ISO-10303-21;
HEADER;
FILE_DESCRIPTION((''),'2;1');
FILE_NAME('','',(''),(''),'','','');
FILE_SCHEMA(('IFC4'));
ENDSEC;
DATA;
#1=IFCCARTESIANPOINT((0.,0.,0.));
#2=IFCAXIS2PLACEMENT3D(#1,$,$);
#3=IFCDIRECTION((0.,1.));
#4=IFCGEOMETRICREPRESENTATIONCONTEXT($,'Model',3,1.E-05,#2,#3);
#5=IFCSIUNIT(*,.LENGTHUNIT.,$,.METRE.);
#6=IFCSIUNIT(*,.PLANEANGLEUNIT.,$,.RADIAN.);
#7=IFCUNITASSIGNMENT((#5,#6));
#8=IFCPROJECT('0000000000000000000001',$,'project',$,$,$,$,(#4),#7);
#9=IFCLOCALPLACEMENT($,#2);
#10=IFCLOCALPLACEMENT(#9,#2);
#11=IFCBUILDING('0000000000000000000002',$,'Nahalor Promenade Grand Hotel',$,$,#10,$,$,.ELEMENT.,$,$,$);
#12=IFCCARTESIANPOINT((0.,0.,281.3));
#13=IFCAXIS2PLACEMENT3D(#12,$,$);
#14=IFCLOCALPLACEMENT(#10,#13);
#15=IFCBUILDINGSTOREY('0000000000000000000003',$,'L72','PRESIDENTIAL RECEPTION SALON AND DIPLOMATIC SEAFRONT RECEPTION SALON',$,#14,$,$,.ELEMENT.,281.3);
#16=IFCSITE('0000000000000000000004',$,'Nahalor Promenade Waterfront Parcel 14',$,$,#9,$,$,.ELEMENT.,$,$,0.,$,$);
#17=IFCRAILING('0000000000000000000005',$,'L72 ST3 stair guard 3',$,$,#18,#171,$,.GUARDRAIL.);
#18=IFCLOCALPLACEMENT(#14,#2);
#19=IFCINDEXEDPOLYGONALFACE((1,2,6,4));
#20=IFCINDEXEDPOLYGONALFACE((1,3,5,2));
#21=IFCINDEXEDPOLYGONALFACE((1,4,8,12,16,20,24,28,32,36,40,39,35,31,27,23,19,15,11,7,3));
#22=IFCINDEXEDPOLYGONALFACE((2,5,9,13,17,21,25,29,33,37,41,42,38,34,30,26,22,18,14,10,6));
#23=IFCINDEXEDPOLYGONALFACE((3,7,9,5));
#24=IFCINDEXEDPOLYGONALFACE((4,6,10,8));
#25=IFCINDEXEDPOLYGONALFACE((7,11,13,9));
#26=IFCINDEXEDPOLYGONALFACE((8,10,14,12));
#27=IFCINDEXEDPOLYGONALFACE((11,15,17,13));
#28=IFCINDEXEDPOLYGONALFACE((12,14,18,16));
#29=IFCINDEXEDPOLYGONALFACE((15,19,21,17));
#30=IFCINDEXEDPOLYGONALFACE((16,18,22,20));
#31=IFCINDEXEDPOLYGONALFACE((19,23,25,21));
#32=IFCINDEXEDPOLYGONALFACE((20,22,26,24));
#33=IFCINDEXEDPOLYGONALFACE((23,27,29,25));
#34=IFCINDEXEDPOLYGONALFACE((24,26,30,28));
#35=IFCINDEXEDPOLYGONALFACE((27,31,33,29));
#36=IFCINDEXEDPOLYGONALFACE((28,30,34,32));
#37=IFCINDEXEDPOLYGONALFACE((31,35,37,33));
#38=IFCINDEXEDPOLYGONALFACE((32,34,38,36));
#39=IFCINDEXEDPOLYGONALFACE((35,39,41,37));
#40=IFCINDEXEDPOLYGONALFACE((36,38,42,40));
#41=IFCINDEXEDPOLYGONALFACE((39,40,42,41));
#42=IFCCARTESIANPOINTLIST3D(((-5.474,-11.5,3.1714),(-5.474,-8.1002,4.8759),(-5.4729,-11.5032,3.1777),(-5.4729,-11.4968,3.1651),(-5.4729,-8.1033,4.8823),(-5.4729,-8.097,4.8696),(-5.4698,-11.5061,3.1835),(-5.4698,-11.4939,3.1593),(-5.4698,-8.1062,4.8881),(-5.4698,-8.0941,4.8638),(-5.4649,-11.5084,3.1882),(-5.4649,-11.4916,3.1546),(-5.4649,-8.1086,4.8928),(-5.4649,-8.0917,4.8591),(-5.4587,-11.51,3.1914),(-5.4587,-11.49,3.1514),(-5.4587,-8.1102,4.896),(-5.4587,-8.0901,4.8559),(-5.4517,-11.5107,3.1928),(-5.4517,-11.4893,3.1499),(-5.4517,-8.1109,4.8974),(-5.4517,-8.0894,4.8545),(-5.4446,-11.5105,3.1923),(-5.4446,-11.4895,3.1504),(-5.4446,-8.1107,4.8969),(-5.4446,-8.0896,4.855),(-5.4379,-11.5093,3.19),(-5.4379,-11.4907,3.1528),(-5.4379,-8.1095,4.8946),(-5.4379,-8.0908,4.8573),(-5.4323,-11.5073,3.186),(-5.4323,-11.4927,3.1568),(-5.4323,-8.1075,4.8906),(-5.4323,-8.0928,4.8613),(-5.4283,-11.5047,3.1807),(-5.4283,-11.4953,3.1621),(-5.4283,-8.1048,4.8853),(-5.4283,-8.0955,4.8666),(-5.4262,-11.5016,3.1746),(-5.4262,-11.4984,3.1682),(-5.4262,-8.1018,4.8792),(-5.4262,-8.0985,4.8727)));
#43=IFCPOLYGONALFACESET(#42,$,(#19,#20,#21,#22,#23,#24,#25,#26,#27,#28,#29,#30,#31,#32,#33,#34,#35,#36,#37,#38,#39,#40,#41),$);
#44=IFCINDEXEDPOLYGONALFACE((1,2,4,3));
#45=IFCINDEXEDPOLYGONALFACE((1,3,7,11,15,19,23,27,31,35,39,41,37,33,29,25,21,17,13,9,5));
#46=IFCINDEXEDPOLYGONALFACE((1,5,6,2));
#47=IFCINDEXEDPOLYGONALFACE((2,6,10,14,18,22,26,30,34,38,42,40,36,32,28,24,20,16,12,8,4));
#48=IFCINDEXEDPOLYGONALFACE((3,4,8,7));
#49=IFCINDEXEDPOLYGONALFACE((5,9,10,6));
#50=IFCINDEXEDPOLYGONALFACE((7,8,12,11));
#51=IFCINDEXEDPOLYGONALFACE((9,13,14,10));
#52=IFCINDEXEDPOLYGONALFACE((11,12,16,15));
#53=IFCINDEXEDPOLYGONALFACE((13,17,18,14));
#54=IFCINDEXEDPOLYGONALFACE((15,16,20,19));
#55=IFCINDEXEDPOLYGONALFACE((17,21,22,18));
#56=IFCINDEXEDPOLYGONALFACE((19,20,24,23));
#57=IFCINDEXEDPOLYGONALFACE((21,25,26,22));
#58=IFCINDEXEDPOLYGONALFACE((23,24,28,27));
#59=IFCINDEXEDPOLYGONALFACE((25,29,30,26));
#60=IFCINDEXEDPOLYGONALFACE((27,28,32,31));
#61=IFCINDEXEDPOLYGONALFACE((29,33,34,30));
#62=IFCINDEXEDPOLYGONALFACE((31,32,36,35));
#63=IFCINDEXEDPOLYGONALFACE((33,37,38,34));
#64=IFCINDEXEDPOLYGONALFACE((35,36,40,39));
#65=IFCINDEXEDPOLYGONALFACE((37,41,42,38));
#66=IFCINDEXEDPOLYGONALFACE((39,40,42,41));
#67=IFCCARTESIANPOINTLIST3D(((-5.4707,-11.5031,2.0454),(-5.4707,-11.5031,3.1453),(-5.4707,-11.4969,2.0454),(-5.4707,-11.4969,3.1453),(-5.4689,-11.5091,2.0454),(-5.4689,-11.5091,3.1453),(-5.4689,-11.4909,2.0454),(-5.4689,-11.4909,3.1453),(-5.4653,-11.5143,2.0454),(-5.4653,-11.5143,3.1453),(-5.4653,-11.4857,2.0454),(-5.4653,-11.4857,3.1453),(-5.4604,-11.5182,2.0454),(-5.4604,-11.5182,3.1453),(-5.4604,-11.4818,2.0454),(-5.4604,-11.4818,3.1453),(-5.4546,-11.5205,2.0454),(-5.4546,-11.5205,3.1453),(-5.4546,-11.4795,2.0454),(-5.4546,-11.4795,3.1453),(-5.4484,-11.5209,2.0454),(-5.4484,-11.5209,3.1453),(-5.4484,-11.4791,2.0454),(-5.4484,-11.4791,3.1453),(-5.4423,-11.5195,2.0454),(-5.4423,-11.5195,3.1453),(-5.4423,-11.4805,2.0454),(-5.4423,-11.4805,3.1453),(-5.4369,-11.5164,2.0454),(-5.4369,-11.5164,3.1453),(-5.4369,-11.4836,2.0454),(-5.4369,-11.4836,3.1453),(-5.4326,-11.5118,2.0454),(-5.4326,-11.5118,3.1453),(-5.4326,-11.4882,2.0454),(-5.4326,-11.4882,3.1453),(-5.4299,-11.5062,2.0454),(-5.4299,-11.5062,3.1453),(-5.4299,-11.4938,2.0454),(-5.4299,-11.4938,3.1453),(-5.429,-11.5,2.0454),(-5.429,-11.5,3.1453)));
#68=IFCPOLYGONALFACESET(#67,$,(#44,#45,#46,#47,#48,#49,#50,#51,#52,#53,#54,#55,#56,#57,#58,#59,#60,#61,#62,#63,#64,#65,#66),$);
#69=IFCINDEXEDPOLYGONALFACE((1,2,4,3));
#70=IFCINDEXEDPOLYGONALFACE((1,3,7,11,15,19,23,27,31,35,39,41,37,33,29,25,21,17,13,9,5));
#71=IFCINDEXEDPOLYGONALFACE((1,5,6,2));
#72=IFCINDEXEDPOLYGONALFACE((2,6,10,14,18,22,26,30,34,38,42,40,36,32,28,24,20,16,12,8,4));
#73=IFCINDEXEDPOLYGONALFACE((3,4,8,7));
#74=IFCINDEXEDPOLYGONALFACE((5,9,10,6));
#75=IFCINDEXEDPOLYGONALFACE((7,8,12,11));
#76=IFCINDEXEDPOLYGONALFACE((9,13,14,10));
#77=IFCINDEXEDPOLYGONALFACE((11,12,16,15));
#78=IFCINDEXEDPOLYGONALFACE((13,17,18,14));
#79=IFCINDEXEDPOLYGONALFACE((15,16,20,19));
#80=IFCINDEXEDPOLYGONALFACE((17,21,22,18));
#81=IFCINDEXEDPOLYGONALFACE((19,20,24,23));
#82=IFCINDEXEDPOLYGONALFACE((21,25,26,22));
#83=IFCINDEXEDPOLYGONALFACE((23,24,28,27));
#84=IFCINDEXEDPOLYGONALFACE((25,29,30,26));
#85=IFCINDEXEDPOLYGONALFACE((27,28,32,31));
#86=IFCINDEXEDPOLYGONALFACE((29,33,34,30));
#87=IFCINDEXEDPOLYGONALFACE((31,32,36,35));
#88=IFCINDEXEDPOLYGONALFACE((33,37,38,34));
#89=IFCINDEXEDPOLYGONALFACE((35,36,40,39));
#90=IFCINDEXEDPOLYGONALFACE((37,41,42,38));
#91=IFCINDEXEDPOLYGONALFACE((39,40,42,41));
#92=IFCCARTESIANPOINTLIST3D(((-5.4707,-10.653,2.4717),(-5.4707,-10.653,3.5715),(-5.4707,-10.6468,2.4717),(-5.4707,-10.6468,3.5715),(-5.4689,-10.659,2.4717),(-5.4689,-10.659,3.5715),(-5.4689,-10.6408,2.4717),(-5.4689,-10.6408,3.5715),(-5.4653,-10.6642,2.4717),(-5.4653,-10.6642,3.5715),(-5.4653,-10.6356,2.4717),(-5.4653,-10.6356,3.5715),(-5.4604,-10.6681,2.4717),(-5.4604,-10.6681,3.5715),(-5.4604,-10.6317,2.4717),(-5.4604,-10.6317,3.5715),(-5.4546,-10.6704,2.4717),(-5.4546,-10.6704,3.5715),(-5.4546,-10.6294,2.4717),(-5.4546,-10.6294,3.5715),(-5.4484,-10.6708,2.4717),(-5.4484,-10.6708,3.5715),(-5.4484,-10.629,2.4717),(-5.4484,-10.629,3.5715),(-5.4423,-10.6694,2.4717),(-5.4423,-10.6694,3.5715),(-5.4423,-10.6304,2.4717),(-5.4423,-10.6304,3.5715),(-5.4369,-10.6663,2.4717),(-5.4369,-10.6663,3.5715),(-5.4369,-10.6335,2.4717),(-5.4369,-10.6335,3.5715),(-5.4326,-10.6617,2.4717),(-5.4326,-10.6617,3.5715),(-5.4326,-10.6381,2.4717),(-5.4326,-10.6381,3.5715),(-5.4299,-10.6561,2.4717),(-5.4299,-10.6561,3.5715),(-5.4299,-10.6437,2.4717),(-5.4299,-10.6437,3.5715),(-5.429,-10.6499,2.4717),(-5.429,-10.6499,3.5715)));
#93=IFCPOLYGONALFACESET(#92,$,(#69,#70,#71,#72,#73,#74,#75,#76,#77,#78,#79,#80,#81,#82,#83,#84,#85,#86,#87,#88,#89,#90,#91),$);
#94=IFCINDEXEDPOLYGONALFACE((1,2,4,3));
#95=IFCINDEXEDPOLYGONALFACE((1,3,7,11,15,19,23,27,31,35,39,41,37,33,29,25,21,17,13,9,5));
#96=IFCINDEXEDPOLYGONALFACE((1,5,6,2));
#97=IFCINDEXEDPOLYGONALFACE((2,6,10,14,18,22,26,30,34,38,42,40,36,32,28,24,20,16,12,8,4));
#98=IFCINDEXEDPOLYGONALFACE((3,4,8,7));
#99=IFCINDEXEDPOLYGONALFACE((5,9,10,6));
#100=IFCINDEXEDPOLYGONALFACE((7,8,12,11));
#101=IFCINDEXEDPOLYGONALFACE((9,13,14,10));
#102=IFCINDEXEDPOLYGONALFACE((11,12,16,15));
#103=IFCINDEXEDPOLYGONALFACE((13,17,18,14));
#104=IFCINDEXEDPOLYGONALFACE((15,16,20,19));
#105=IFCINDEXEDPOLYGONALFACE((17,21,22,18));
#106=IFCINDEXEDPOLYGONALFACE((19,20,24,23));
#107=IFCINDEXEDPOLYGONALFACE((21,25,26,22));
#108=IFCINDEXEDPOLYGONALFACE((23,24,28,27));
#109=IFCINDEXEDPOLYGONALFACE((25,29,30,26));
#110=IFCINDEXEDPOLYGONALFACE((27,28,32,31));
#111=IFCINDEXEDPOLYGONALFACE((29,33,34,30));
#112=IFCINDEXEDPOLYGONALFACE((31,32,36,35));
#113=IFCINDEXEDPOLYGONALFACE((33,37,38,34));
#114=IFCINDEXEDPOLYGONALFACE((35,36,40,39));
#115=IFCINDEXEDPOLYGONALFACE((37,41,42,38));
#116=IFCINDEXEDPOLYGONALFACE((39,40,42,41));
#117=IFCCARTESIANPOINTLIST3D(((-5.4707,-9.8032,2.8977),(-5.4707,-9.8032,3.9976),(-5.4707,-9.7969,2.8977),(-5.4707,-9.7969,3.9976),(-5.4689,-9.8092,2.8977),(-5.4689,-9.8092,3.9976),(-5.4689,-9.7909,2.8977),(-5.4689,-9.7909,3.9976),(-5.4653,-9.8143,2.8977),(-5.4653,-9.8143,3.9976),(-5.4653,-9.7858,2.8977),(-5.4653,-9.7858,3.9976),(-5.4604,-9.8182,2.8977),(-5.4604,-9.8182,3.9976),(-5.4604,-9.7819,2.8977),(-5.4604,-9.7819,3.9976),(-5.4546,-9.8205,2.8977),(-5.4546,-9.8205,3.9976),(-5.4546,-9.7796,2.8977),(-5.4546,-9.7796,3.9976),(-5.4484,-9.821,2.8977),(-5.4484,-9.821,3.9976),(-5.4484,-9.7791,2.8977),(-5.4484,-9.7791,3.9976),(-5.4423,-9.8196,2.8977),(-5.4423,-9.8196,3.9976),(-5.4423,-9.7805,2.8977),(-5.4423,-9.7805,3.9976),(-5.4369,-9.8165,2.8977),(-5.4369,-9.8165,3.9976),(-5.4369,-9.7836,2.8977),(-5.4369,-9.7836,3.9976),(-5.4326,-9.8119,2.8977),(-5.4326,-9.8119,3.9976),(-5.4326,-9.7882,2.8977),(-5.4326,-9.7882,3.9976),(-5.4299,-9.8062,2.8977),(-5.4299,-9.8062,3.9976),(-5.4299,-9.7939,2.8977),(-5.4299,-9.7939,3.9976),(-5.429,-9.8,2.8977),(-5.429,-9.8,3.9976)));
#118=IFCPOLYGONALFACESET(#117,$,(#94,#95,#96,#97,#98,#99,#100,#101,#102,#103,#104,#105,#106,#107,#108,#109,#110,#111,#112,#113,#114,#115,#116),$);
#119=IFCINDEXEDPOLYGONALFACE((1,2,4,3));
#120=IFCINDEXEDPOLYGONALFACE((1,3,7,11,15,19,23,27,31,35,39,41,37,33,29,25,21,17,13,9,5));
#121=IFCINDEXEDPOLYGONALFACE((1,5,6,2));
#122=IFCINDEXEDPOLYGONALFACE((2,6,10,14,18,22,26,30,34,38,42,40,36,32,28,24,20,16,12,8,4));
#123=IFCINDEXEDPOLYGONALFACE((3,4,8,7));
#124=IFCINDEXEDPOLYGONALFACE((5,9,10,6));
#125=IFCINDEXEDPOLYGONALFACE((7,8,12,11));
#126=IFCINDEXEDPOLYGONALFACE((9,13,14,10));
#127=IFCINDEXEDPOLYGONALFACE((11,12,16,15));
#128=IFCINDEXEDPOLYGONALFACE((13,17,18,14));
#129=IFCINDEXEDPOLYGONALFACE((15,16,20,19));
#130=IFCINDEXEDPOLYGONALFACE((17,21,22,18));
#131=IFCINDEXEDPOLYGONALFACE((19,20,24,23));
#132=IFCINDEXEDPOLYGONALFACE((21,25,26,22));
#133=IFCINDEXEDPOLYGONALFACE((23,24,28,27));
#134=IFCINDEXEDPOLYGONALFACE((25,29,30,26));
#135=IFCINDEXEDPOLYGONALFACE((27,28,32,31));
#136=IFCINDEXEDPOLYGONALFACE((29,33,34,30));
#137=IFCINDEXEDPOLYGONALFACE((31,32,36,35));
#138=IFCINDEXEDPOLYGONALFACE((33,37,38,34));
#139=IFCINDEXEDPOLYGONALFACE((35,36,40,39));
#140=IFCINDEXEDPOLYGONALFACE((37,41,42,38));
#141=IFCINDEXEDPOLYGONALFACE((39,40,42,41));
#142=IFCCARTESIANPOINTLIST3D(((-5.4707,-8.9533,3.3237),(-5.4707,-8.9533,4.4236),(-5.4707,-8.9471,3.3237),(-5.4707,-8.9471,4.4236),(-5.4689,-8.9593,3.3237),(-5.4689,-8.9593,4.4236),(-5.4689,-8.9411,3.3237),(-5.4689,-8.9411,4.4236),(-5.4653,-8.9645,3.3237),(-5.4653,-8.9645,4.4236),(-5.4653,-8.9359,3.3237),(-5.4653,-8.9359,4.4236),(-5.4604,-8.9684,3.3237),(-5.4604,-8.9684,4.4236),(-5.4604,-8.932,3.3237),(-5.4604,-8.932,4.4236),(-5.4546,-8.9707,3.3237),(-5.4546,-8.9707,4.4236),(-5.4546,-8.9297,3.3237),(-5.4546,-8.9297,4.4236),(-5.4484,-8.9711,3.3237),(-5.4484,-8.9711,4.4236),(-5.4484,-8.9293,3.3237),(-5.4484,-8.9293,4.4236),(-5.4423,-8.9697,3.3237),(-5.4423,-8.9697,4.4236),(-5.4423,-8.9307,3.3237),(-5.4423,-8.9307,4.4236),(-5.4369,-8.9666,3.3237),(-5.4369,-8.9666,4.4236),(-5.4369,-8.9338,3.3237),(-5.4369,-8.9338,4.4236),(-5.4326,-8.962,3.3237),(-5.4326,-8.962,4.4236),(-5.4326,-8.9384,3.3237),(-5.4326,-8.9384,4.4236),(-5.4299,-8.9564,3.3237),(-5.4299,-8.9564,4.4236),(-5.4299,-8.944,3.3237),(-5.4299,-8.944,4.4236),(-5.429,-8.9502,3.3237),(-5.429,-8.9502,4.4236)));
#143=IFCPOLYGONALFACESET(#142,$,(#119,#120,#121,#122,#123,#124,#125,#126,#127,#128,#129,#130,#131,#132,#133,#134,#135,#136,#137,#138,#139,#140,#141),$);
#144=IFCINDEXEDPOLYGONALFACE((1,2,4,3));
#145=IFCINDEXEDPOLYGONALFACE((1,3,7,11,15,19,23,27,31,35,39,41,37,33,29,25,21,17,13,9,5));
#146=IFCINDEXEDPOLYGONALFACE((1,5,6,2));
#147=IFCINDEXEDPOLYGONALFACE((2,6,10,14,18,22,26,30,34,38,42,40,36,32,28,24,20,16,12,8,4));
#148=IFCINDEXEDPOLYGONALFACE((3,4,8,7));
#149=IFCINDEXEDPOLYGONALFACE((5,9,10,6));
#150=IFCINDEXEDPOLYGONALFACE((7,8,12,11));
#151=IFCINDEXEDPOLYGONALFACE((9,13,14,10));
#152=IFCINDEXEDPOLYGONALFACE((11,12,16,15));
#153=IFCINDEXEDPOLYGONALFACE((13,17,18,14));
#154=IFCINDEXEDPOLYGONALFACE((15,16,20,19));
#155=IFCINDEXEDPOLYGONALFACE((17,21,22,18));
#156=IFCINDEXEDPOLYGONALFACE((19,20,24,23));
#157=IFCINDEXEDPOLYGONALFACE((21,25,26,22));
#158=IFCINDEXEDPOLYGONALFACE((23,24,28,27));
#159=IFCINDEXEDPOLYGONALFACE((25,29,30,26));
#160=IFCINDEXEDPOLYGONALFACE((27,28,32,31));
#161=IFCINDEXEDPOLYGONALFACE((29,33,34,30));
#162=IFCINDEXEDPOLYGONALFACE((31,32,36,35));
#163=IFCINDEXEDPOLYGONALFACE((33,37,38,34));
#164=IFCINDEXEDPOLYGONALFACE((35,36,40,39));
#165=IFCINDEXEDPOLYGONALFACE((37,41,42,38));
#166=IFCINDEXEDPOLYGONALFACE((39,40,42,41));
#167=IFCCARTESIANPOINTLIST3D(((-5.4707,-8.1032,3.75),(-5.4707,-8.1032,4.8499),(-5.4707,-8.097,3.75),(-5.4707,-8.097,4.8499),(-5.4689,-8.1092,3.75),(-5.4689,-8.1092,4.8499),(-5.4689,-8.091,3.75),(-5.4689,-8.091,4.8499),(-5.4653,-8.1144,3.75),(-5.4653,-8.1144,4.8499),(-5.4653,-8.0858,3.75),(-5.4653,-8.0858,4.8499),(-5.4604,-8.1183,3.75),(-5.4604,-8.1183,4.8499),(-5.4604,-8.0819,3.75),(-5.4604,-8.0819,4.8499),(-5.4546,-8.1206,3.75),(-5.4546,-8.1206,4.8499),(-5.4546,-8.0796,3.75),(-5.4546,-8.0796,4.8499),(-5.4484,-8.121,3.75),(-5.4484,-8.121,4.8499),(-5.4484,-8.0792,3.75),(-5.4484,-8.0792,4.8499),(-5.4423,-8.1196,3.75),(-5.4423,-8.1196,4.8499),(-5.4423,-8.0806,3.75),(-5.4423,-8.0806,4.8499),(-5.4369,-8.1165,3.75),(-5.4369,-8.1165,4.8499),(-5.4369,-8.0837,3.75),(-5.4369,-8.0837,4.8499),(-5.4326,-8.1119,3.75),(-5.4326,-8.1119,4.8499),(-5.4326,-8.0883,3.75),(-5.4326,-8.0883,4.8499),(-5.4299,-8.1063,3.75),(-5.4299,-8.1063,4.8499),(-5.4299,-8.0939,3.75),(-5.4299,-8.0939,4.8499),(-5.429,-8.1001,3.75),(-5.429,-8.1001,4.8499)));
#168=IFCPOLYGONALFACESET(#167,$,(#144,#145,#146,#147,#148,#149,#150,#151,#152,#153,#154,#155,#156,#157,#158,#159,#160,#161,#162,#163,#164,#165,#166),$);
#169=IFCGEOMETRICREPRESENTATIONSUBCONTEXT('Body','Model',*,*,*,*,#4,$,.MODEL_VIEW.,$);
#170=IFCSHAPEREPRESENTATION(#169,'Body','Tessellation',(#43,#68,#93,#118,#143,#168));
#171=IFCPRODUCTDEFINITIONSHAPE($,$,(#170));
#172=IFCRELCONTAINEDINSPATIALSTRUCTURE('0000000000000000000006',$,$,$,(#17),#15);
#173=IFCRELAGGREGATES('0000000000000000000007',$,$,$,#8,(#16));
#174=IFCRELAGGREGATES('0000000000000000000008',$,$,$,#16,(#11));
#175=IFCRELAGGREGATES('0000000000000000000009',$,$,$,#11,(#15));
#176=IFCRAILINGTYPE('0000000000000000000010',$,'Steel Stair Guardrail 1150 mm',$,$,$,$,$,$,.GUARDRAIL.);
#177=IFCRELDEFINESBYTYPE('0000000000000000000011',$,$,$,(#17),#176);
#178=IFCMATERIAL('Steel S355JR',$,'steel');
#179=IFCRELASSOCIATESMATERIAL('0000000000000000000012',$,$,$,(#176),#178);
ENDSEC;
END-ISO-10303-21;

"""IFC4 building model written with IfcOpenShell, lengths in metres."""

from ifc_helpers import new_model, si_unit, direction, frame, origin, origin_2d, place, context, subcontext, project, spatial, circle, extrude, material, type_object, element, save


model = new_model("IFC4")

# Units and contexts
model_context = context("Model", 3, precision=1e-05, world=origin(), true_north=direction((0.0, 1.0)))
body_context = subcontext(model_context, "Body", "Model", "MODEL_VIEW")
ifc_project = project(units=[si_unit("LENGTHUNIT", "METRE"), si_unit("PLANEANGLEUNIT", "RADIAN")], contexts=[model_context])

# Site, building, storey
site_placement = place(None, origin())
site = spatial("IfcSite", under=ifc_project, at=site_placement, Name="Nahalor Promenade Waterfront Parcel 14", CompositionType="ELEMENT", RefElevation=0.0)
building_placement = place(site_placement, origin())
building = spatial("IfcBuilding", under=site, at=building_placement, Name="Nahalor Promenade Grand Hotel", CompositionType="ELEMENT")
storey_placement = place(building_placement, frame((0.0, 0.0, 281.3)))
storey = spatial("IfcBuildingStorey", under=building, at=storey_placement, Name="L72", Description="PRESIDENTIAL RECEPTION SALON AND DIPLOMATIC SEAFRONT RECEPTION SALON", CompositionType="ELEMENT", Elevation=281.3)

# Shared definitions
ifc_material_1 = material(Name="Steel S355JR", Category="steel")

# Railing
railing_type_1 = type_object("IfcRailingType", Name="Steel Stair Guardrail 1150 mm", PredefinedType="GUARDRAIL", material=ifc_material_1)
railing_1_placement = place(storey_placement, frame((-5.45, -11.5, 2.0454)))
element("IfcRailing", 1, at=railing_1_placement, inside=storey, type_object=railing_type_1, Name="L72 ST3 stair guard 3", PredefinedType="GUARDRAIL", context=body_context, shape_type="SweptSolid", body=[
    extrude(circle(Radius=0.024, at=origin_2d()), frame((0.0, 0.0, 1.126), z_axis=(0.0, 0.893939, 0.448189), x_axis=(-1.0, 0.0, 0.0)), (0.0, 0.0, 1.0), 3.8032),
    extrude(circle(Radius=0.021, at=origin_2d()), origin(), (0.0, 0.0, 1.0), 1.0999),
    extrude(circle(Radius=0.021, at=origin_2d()), frame((0.0, 0.8501, 0.4263)), (0.0, 0.0, 1.0), 1.0999),
    extrude(circle(Radius=0.021, at=origin_2d()), frame((0.0, 1.7, 0.8523)), (0.0, 0.0, 1.0), 1.0999),
    extrude(circle(Radius=0.021, at=origin_2d()), frame((0.0, 2.5498, 1.2783)), (0.0, 0.0, 1.0), 1.0999),
    extrude(circle(Radius=0.021, at=origin_2d()), frame((0.0, 3.3999, 1.7046)), (0.0, 0.0, 1.0), 1.0999),
])

save(model, "model.ifc")
